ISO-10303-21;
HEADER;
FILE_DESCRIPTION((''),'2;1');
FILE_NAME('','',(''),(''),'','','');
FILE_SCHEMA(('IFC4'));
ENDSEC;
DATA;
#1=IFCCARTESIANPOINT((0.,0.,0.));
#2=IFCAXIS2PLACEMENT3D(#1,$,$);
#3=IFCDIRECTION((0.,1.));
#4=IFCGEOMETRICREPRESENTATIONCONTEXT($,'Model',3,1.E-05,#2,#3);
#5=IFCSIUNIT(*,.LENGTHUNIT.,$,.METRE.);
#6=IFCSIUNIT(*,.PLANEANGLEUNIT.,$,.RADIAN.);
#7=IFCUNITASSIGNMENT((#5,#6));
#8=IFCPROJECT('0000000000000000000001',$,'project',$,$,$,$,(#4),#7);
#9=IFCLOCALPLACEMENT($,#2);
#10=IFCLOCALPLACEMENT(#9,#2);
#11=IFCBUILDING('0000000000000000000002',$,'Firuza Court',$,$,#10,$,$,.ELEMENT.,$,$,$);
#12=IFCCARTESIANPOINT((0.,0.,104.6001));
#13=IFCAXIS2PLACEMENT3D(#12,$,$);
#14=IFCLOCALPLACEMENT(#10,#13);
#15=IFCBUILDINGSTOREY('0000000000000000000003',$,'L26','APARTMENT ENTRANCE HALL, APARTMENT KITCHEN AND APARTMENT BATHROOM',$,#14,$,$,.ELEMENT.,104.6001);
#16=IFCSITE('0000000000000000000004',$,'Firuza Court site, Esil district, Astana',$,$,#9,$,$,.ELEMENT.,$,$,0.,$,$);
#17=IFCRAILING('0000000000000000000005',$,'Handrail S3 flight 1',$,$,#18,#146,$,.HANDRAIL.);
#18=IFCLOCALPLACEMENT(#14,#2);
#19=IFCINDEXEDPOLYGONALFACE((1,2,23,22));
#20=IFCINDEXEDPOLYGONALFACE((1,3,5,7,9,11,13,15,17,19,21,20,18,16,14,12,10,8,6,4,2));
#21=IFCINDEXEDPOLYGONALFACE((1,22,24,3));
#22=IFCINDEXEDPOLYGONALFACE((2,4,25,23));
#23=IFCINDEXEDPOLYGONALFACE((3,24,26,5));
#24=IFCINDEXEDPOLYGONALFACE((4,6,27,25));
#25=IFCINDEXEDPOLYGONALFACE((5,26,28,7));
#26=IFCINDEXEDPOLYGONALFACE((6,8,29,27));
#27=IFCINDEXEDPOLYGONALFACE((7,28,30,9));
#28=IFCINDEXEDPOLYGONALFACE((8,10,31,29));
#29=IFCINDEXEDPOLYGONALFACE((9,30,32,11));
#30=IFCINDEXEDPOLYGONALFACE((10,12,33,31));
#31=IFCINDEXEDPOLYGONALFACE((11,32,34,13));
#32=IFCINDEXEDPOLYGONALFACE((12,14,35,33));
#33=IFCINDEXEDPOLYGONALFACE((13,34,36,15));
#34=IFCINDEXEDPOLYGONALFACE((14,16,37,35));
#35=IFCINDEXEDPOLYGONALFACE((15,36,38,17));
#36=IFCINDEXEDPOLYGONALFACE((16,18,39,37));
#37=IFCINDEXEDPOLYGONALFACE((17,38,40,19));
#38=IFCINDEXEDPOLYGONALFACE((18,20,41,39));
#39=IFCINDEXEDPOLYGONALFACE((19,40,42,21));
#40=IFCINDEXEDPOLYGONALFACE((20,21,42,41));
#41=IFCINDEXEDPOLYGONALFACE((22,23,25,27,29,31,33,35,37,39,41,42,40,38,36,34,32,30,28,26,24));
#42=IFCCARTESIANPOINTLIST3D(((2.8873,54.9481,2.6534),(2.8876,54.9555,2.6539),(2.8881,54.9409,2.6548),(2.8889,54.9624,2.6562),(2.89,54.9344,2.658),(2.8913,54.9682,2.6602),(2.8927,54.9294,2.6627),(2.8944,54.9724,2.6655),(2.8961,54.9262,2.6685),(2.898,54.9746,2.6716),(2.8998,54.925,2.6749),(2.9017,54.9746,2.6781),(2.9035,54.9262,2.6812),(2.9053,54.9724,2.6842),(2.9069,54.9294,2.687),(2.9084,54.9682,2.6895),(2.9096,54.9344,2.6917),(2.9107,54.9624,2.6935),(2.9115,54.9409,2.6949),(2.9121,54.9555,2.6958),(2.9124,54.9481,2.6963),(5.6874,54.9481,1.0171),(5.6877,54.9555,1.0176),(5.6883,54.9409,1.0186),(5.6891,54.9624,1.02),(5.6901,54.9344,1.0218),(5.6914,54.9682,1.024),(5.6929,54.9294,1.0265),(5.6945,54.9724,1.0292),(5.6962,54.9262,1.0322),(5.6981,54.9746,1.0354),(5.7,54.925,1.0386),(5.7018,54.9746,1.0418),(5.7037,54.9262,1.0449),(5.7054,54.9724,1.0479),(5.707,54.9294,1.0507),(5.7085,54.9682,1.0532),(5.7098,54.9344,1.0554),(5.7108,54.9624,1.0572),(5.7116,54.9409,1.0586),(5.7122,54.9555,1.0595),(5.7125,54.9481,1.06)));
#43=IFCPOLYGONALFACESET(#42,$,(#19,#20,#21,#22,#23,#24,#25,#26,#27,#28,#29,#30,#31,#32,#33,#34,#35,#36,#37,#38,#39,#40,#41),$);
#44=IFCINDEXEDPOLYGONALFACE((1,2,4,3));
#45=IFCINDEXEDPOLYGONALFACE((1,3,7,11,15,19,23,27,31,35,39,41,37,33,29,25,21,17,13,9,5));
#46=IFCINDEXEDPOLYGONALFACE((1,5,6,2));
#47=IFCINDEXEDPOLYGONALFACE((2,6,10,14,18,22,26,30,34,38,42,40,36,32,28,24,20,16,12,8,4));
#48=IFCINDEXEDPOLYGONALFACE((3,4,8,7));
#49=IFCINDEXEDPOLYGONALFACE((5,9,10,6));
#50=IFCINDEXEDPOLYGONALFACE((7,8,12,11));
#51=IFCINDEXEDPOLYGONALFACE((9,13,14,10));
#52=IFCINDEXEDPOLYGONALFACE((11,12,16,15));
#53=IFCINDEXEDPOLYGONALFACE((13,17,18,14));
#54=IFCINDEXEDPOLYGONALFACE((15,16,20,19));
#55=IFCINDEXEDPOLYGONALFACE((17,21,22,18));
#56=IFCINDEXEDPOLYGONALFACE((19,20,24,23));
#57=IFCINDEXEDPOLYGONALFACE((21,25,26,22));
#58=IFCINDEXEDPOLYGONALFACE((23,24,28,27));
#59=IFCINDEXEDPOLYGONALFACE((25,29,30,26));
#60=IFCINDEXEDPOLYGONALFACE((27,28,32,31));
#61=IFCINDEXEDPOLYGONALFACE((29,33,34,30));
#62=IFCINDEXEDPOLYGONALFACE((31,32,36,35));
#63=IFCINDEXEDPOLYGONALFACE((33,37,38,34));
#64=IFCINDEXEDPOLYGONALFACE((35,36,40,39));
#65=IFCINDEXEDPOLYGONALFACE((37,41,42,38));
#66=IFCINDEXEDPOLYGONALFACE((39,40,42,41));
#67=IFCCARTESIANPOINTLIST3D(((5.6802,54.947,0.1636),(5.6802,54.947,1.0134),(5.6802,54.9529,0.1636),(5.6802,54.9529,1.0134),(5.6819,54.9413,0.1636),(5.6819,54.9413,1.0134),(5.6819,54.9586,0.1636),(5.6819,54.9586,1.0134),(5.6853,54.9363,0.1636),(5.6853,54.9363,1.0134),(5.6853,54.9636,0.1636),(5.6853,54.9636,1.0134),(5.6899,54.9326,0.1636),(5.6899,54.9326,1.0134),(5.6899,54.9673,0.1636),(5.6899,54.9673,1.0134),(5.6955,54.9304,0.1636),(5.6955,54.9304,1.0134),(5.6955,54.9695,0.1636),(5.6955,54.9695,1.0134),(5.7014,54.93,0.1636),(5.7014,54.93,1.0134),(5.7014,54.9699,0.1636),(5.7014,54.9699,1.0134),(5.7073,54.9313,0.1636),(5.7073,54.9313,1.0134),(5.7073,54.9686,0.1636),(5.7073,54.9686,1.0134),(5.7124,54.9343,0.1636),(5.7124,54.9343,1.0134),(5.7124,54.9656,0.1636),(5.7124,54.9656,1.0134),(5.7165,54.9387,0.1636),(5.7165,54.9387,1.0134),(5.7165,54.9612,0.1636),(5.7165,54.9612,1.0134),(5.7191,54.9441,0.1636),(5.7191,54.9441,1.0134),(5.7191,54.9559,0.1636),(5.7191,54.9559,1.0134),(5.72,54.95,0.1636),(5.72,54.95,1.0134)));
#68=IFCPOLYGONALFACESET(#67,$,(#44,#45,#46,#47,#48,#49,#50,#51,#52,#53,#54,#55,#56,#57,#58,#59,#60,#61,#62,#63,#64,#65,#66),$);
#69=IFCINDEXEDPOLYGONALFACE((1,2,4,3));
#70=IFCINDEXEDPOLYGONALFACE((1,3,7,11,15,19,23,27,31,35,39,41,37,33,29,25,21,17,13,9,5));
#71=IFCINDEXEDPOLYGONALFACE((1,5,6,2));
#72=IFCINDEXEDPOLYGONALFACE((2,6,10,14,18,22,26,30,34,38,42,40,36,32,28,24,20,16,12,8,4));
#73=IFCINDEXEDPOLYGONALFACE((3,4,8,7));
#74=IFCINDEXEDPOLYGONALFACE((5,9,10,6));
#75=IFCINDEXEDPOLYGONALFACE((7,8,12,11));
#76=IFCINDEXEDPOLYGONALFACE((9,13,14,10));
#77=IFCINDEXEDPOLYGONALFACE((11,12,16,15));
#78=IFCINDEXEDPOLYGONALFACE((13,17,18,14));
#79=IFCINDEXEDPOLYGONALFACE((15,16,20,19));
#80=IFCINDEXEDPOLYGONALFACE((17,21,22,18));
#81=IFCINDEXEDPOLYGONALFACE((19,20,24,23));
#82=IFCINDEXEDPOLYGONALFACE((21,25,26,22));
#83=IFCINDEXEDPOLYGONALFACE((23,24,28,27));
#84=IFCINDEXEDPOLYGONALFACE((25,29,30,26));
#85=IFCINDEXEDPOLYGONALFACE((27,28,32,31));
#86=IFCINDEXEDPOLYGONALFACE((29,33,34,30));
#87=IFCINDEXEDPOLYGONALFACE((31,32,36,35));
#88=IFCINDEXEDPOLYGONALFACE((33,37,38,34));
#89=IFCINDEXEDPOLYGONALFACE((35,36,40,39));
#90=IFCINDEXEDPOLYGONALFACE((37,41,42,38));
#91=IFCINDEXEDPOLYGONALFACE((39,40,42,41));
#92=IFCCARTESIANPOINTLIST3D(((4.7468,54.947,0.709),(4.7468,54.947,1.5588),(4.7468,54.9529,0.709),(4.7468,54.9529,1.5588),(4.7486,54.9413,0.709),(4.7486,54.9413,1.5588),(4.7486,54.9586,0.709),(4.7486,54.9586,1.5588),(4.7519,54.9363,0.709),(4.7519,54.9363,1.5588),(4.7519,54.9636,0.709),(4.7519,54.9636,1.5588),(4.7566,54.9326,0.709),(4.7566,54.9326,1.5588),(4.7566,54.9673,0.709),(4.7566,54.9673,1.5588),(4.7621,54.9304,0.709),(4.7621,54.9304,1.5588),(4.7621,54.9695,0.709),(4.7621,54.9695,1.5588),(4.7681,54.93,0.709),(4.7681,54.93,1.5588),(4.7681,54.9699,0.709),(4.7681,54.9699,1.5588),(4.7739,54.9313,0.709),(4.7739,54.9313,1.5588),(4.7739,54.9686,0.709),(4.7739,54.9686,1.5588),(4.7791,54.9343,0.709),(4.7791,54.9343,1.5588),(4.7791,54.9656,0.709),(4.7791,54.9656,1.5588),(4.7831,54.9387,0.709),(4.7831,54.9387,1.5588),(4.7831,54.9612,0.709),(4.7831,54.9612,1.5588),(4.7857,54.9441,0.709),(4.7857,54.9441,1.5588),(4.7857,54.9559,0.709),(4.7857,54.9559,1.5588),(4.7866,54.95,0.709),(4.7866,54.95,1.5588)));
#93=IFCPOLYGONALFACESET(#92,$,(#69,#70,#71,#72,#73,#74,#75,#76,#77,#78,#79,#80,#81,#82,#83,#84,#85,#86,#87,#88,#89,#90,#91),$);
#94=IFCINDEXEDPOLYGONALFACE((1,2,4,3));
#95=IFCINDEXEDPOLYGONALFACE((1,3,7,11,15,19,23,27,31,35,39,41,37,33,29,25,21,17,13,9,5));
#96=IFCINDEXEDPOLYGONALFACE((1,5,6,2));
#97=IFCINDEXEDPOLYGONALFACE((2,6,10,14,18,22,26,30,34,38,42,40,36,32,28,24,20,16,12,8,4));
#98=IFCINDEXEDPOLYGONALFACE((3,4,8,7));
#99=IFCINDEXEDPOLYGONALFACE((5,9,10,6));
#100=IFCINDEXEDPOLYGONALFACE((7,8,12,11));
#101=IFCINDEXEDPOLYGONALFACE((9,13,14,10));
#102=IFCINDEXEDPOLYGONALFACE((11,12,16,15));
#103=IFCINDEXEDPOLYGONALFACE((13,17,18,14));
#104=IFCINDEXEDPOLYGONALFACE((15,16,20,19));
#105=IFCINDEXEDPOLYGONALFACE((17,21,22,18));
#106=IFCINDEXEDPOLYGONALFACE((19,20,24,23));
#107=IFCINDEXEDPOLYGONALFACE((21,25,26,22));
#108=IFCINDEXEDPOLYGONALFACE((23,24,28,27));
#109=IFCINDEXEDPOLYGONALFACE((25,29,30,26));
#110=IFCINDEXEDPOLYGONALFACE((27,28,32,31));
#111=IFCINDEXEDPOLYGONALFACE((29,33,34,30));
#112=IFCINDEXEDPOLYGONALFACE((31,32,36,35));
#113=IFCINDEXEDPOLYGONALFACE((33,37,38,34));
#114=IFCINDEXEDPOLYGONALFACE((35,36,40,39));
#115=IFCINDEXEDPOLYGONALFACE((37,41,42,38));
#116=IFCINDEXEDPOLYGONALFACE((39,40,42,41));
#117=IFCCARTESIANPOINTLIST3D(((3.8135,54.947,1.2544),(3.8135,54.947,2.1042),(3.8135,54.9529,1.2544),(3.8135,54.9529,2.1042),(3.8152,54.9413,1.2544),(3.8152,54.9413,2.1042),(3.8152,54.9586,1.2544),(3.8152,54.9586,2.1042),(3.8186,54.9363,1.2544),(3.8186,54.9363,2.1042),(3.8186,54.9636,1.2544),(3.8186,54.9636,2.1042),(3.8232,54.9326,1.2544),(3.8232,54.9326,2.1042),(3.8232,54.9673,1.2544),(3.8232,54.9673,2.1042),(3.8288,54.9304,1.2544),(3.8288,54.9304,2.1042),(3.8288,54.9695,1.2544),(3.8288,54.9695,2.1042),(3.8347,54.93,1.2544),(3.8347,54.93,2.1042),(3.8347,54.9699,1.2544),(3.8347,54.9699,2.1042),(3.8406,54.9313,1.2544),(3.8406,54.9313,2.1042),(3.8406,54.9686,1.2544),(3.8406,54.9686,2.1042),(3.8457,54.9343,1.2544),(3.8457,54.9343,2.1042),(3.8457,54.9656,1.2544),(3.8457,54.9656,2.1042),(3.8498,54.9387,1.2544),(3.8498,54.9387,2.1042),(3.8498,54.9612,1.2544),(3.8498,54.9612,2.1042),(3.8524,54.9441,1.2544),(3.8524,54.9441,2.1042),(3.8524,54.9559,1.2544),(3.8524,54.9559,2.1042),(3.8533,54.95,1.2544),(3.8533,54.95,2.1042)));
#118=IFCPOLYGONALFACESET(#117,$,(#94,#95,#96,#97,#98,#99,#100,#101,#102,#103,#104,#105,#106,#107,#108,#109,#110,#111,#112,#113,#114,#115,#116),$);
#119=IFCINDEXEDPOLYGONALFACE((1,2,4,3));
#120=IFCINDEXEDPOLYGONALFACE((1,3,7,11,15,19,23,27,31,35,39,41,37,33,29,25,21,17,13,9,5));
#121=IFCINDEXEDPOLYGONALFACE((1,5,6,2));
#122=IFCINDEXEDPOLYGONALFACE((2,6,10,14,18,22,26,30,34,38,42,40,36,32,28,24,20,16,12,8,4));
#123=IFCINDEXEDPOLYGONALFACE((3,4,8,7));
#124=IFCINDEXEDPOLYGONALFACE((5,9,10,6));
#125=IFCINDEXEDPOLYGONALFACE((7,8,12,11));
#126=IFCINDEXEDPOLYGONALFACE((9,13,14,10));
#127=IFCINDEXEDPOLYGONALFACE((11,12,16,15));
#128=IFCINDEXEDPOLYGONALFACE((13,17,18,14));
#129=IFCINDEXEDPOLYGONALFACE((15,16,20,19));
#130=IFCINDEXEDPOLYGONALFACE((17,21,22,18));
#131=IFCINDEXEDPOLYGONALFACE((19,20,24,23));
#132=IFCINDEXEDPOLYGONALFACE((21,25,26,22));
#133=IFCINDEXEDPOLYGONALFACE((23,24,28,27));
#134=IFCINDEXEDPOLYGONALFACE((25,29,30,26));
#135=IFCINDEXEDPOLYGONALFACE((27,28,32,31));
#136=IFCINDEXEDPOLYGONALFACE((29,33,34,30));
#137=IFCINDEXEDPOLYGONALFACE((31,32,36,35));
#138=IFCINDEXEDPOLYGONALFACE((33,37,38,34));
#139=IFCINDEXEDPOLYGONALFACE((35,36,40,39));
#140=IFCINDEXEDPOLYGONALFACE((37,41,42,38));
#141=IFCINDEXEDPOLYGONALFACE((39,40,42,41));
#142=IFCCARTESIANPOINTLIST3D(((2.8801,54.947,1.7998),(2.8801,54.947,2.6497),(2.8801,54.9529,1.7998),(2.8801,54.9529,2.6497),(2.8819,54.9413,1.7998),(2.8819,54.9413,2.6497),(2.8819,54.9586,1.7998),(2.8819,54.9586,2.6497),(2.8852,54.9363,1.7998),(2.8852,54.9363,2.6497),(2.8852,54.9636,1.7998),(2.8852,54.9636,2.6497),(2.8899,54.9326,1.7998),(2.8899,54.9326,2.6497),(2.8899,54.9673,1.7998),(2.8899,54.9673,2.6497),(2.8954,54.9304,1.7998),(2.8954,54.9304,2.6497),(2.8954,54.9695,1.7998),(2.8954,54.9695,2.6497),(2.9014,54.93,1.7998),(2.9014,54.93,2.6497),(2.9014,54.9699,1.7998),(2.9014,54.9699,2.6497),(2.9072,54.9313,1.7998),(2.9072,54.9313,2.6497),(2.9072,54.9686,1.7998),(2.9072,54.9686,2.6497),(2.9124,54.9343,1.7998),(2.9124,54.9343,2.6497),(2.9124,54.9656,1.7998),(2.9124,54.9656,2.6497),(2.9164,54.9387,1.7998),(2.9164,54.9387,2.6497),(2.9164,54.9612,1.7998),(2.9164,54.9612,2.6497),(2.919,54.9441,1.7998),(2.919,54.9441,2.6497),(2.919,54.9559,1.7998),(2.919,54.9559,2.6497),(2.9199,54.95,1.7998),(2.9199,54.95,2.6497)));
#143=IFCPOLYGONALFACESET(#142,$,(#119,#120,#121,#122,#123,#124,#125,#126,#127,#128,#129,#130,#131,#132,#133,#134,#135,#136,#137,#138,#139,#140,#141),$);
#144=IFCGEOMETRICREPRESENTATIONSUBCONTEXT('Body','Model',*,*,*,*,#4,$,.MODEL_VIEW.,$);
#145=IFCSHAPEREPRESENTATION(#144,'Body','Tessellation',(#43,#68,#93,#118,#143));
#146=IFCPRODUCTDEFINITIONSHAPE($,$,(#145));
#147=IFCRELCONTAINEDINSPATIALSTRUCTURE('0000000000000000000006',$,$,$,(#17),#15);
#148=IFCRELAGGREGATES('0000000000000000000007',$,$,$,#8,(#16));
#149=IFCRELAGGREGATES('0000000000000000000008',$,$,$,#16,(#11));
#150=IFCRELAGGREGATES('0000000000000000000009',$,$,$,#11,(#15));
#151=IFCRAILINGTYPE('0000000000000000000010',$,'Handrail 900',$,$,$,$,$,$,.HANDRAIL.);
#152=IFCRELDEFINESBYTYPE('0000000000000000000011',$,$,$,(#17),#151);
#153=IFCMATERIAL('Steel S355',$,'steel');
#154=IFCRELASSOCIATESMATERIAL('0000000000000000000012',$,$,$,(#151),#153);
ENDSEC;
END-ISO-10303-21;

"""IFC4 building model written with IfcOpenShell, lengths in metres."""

from ifc_helpers import new_model, si_unit, direction, frame, origin, origin_2d, place, context, subcontext, project, spatial, circle, extrude, material, type_object, element, save


model = new_model("IFC4")

# Units and contexts
model_context = context("Model", 3, precision=1e-05, world=origin(), true_north=direction((0.0, 1.0)))
body_context = subcontext(model_context, "Body", "Model", "MODEL_VIEW")
ifc_project = project(units=[si_unit("LENGTHUNIT", "METRE"), si_unit("PLANEANGLEUNIT", "RADIAN")], contexts=[model_context])

# Site, building, storey
site_placement = place(None, origin())
site = spatial("IfcSite", under=ifc_project, at=site_placement, Name="Firuza Court site, Esil district, Astana", CompositionType="ELEMENT", RefElevation=0.0)
building_placement = place(site_placement, origin())
building = spatial("IfcBuilding", under=site, at=building_placement, Name="Firuza Court", CompositionType="ELEMENT")
storey_placement = place(building_placement, frame((0.0, 0.0, 104.6001)))
storey = spatial("IfcBuildingStorey", under=building, at=storey_placement, Name="L26", Description="APARTMENT ENTRANCE HALL, APARTMENT KITCHEN AND APARTMENT BATHROOM", CompositionType="ELEMENT", Elevation=104.6001)

# Railing
ifc_material_1 = material(Name="Steel S355", Category="steel")
railing_type_1 = type_object("IfcRailingType", Name="Handrail 900", PredefinedType="HANDRAIL", material=ifc_material_1)
railing_1_placement = place(storey_placement, frame((5.7, 54.95, 0.1636)))
element("IfcRailing", 1, at=railing_1_placement, inside=storey, type_object=railing_type_1, Name="Handrail S3 flight 1", PredefinedType="HANDRAIL", context=body_context, shape_type="SweptSolid", body=[
    extrude(circle(Radius=0.0249, at=origin_2d()), frame((0.0, 0.0, 0.875), z_axis=(-0.863394, 0.0, 0.504531), x_axis=(0.0, -1.0, 0.0)), (0.0, 0.0, 1.0), 3.2432),
    extrude(circle(Radius=0.02, at=origin_2d()), origin(), (0.0, 0.0, 1.0), 0.8499),
    extrude(circle(Radius=0.02, at=origin_2d()), frame((-0.9333, 0.0, 0.5454)), (0.0, 0.0, 1.0), 0.8499),
    extrude(circle(Radius=0.02, at=origin_2d()), frame((-1.8667, 0.0, 1.0908)), (0.0, 0.0, 1.0), 0.8499),
    extrude(circle(Radius=0.02, at=origin_2d()), frame((-2.8, 0.0, 1.6362)), (0.0, 0.0, 1.0), 0.8499),
])

save(model, "model.ifc")
